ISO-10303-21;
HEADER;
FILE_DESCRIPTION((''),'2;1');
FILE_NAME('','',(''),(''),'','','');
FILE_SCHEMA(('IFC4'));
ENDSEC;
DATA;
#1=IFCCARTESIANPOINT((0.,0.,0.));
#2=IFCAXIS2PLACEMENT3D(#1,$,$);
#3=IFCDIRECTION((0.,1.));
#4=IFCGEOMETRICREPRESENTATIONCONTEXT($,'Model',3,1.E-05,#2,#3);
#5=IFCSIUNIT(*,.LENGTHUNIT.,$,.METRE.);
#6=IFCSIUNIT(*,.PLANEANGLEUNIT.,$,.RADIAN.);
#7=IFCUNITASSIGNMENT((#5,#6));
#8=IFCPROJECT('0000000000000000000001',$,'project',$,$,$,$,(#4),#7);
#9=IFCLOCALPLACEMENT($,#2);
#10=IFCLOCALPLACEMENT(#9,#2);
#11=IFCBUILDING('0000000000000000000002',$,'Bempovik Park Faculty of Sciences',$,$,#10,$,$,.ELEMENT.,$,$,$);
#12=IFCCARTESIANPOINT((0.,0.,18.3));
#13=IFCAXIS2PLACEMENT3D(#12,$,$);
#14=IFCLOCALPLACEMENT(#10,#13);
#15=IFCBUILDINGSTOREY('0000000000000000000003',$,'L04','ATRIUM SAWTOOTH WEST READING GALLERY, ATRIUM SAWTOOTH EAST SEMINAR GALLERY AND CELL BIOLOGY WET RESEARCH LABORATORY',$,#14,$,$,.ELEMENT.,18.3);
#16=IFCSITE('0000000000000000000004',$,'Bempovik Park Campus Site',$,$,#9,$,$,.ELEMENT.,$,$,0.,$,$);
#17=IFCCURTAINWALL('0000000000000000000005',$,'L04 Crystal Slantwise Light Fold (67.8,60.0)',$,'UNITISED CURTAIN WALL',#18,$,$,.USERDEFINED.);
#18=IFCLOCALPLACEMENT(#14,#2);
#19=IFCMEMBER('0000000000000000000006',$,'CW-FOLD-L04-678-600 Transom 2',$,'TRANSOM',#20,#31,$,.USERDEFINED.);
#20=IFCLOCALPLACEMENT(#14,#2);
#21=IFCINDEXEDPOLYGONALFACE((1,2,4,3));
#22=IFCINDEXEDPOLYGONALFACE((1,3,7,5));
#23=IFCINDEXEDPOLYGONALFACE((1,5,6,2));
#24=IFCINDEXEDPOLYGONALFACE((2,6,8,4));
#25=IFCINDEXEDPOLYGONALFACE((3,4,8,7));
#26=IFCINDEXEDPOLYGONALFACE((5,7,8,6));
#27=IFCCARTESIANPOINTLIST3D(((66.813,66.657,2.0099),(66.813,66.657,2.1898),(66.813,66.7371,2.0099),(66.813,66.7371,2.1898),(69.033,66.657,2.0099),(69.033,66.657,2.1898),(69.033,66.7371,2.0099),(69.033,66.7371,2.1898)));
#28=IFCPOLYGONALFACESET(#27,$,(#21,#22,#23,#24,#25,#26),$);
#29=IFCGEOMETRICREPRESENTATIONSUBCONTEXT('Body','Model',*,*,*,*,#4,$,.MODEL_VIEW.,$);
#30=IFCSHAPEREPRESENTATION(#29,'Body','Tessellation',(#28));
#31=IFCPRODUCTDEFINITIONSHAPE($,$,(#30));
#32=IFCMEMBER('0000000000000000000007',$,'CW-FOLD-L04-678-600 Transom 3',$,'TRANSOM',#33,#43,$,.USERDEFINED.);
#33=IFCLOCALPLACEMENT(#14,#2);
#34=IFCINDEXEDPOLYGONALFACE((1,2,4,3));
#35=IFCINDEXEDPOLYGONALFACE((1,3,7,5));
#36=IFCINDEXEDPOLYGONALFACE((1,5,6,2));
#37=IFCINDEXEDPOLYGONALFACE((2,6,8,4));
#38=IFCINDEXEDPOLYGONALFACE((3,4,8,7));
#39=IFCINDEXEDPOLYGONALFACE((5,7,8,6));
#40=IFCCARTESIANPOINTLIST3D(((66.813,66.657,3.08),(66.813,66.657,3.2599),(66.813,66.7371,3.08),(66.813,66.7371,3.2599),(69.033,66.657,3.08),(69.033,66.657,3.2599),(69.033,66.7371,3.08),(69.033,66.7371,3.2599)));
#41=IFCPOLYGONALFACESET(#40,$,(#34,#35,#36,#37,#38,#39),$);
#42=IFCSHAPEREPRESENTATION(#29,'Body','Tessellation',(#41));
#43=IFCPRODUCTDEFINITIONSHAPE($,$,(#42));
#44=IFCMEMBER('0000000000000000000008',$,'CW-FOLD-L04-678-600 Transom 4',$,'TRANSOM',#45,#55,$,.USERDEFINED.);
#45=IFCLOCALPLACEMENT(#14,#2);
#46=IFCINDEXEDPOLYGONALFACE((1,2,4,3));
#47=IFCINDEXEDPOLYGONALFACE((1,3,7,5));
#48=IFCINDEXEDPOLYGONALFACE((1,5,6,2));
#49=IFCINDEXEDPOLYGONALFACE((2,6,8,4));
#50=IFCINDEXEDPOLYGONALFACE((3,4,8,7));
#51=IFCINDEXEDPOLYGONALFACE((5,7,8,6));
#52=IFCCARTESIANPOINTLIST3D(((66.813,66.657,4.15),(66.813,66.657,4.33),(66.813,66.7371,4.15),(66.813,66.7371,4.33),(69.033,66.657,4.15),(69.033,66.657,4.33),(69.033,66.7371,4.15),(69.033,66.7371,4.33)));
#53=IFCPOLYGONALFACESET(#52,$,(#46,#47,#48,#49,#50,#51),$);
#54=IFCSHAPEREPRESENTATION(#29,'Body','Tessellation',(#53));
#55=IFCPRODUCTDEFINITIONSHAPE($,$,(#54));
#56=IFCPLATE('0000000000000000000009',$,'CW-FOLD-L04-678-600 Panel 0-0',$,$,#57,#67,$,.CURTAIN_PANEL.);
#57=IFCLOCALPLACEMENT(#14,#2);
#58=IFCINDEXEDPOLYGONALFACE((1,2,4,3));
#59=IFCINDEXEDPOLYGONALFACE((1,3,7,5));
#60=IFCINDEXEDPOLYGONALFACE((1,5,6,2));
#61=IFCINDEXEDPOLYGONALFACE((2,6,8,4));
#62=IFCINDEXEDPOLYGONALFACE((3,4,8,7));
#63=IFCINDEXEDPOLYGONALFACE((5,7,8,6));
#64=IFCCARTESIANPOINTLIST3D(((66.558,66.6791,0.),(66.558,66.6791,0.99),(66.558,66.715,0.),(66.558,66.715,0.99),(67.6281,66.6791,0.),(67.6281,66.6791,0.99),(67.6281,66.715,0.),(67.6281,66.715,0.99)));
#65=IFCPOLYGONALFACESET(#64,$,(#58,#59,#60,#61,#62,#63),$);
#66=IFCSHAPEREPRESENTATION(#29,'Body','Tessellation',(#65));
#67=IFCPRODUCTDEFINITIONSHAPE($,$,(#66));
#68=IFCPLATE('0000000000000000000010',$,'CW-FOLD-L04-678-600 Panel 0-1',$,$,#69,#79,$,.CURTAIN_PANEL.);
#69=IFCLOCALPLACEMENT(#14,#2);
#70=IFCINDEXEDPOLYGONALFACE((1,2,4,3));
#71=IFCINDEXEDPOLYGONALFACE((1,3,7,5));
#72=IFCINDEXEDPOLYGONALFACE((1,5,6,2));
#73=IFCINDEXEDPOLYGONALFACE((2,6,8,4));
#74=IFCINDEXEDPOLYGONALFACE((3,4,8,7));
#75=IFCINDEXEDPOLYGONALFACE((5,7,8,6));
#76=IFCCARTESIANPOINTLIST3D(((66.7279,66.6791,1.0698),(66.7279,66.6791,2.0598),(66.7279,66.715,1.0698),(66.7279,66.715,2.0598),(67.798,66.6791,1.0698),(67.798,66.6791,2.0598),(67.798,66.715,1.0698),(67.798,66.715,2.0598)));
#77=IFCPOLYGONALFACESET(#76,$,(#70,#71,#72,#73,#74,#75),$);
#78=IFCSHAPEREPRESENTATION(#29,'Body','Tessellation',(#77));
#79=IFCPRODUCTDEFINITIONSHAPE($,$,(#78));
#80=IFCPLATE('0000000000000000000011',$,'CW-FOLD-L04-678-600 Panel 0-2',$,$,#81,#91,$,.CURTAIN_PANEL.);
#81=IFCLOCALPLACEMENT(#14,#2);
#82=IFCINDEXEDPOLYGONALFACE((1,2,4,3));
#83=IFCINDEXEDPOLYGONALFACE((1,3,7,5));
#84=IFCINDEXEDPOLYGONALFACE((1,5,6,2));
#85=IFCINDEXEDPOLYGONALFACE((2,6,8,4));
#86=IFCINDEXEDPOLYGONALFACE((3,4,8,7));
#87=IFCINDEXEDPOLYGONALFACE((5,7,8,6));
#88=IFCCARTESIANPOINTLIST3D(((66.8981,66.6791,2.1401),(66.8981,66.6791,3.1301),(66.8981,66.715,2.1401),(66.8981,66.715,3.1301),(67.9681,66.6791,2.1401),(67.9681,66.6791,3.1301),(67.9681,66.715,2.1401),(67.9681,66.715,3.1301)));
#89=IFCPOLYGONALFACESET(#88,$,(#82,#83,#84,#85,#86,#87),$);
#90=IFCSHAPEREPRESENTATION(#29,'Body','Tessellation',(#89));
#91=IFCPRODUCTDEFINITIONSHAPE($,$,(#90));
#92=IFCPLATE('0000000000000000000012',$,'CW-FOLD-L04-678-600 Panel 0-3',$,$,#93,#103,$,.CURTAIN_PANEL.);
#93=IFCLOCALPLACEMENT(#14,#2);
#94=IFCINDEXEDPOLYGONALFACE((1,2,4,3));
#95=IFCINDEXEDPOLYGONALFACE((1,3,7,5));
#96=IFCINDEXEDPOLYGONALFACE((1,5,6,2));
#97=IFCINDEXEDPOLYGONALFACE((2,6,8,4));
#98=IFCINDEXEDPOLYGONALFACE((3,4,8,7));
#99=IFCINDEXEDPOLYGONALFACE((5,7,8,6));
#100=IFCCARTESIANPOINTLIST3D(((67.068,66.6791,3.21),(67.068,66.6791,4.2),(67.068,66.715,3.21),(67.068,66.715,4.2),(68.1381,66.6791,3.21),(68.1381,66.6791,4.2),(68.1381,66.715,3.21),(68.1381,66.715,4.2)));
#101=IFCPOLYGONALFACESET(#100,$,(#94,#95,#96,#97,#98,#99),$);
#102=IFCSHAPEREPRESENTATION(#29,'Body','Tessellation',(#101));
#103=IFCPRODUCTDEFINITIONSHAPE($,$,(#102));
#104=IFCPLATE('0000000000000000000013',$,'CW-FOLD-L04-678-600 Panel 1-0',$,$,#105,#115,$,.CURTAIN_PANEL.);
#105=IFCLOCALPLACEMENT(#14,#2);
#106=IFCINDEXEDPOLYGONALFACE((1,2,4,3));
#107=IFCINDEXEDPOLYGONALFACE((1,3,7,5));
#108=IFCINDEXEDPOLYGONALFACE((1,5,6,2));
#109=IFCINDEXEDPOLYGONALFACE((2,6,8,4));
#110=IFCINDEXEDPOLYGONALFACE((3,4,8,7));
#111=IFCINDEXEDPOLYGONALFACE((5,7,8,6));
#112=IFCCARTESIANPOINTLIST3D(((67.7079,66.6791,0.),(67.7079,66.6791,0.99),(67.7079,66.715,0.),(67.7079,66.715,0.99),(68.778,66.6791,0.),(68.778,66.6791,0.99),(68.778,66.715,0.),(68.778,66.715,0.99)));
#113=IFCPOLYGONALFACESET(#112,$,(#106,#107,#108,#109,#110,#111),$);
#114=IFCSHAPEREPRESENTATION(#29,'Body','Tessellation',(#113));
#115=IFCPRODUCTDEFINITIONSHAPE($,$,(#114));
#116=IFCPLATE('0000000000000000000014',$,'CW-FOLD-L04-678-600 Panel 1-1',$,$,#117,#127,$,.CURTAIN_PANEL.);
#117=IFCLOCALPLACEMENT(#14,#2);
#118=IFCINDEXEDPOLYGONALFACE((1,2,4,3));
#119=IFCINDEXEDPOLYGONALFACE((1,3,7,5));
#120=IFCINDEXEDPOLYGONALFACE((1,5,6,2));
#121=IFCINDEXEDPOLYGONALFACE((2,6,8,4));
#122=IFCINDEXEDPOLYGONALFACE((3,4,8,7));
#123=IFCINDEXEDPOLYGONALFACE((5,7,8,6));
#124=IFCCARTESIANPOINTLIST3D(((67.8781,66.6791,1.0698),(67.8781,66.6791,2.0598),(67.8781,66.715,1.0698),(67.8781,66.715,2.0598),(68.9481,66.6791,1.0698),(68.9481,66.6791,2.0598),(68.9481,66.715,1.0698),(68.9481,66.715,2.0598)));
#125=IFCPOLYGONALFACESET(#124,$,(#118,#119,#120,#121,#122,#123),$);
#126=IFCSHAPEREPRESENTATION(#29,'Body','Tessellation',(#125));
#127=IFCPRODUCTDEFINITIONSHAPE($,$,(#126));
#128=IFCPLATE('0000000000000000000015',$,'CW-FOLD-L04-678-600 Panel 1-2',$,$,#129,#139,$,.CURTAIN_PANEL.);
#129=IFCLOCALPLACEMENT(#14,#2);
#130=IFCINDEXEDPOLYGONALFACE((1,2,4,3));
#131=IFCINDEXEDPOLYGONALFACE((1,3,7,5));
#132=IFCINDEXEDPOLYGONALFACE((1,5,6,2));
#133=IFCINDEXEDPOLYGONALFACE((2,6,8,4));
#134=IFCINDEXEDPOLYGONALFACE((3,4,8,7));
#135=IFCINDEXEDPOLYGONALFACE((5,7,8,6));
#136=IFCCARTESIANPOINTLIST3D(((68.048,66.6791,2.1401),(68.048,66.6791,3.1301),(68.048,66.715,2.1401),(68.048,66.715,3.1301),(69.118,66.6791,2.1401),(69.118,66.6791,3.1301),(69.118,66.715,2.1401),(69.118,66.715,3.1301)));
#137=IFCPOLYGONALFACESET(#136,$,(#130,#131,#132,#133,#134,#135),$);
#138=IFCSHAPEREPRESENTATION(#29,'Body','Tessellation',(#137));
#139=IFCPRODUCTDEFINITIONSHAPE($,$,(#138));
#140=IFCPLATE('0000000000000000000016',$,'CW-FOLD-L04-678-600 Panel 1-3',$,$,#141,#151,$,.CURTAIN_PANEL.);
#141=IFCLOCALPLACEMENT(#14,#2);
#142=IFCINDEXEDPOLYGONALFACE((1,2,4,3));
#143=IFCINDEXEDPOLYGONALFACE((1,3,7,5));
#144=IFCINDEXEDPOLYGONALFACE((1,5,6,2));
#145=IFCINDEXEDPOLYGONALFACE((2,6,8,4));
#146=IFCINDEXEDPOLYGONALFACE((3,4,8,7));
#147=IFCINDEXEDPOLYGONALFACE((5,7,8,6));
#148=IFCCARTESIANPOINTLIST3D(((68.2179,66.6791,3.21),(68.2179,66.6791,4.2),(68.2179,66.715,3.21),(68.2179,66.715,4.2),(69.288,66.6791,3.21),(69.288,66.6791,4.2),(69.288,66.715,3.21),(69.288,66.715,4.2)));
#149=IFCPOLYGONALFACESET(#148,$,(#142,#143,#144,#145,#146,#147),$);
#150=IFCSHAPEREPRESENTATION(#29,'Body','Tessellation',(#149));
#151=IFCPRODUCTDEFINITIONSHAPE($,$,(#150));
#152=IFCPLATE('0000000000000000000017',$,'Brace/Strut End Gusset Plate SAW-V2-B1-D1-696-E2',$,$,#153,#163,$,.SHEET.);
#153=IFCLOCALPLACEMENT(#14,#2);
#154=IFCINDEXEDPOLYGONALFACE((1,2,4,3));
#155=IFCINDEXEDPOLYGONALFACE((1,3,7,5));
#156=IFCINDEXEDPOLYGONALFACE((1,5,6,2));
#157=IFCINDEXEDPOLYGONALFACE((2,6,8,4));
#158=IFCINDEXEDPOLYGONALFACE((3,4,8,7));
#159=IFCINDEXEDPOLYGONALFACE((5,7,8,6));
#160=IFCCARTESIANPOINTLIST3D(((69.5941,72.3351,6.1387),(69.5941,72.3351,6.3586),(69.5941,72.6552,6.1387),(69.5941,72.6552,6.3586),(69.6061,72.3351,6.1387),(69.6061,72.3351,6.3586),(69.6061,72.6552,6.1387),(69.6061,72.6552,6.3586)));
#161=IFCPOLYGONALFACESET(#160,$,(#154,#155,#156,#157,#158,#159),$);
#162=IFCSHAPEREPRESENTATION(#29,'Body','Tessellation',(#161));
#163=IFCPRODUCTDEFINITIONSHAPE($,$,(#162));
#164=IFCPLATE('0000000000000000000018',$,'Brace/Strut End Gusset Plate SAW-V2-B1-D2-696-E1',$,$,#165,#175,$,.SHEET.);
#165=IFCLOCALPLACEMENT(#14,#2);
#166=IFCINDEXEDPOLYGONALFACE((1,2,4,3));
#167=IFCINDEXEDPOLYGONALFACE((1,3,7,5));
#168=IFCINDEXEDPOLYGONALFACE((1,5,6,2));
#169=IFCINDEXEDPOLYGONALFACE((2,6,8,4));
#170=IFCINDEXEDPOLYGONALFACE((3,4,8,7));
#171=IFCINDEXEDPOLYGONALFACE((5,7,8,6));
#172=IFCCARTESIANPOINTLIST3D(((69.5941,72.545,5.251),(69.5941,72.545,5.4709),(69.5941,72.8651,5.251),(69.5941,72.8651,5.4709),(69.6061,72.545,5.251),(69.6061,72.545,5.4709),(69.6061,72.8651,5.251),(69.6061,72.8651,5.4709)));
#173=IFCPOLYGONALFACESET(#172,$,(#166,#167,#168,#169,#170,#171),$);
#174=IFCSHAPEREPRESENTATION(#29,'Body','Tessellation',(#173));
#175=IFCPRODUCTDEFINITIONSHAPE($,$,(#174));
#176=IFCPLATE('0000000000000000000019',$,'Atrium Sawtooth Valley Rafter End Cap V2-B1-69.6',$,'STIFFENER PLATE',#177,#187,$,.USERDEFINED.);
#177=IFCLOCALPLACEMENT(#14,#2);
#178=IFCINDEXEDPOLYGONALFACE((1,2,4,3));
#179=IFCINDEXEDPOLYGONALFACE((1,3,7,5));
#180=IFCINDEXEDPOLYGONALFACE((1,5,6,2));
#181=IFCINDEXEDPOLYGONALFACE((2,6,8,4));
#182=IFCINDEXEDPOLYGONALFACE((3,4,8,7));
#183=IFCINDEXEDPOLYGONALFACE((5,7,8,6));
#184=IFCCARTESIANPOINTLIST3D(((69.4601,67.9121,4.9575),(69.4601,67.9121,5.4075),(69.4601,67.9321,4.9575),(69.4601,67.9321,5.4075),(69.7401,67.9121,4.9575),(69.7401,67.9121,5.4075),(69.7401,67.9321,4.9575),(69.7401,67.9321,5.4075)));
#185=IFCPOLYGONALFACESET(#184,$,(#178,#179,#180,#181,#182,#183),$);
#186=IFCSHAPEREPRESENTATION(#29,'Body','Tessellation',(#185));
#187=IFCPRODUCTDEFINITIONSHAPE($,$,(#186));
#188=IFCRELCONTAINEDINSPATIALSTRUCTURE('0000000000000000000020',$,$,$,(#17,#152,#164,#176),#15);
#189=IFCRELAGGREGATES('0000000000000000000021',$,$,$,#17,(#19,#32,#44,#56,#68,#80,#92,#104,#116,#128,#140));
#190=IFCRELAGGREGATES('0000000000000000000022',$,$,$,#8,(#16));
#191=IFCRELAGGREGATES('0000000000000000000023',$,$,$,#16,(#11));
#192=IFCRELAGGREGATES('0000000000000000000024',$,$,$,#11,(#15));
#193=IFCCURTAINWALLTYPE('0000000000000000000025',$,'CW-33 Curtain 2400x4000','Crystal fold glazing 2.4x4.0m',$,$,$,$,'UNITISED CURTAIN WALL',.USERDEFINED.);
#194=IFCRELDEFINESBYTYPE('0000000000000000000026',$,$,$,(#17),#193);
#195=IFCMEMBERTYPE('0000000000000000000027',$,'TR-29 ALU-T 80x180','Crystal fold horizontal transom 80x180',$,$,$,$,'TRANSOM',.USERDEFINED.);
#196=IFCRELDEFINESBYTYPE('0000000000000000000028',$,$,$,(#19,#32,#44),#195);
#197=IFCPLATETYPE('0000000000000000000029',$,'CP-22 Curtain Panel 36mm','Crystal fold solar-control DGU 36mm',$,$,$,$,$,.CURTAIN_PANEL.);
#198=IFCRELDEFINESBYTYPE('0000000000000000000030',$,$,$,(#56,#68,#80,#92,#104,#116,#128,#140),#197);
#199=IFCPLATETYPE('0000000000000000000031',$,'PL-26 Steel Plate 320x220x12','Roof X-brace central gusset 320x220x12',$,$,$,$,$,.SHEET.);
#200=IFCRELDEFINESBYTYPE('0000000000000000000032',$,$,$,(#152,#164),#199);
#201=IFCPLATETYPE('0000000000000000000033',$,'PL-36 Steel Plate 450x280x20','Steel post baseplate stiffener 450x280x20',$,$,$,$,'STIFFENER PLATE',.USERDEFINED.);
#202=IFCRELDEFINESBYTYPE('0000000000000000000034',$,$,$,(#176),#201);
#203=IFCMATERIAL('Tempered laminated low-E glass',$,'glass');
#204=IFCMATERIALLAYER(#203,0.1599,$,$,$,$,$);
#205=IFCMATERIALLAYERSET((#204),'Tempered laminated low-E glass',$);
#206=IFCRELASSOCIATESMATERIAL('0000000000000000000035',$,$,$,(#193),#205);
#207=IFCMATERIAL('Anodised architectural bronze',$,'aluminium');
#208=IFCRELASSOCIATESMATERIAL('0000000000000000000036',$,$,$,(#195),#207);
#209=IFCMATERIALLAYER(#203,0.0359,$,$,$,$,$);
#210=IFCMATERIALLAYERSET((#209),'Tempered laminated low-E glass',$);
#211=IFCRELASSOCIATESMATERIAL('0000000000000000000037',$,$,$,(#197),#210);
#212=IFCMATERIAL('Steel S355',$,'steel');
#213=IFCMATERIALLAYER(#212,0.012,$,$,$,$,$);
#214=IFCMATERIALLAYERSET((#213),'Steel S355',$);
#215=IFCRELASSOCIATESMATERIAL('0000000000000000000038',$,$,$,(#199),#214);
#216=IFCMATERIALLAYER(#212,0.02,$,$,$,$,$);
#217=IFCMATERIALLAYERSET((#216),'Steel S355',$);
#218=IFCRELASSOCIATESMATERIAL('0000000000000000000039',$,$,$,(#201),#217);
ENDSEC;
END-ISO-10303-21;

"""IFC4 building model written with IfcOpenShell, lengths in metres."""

from ifc_helpers import new_model, si_unit, direction, frame, origin, origin_2d, place, context, subcontext, project, spatial, rectangle, extrude, material, layer, layer_set, material_profile, profile_set, type_object, element, aggregate, save


model = new_model("IFC4")

# Units and contexts
model_context = context("Model", 3, precision=1e-05, world=origin(), true_north=direction((0.0, 1.0)))
body_context = subcontext(model_context, "Body", "Model", "MODEL_VIEW")
ifc_project = project(units=[si_unit("LENGTHUNIT", "METRE"), si_unit("PLANEANGLEUNIT", "RADIAN")], contexts=[model_context])

# Site, building, storey
site_placement = place(None, origin())
site = spatial("IfcSite", under=ifc_project, at=site_placement, Name="Bempovik Park Campus Site", CompositionType="ELEMENT", RefElevation=0.0)
building_placement = place(site_placement, origin())
building = spatial("IfcBuilding", under=site, at=building_placement, Name="Bempovik Park Faculty of Sciences", CompositionType="ELEMENT")
storey_placement = place(building_placement, frame((0.0, 0.0, 18.3)))
storey = spatial("IfcBuildingStorey", under=building, at=storey_placement, Name="L04", Description="ATRIUM SAWTOOTH WEST READING GALLERY, ATRIUM SAWTOOTH EAST SEMINAR GALLERY AND CELL BIOLOGY WET RESEARCH LABORATORY", CompositionType="ELEMENT", Elevation=18.3)

# Shared definitions
ifc_material_1 = material(Name="Steel S355", Category="steel")

# Curtain wall, members, plates
ifc_material_2 = material(Name="Tempered laminated low-E glass", Category="glass")
ifc_layer_1 = layer(ifc_material_2, 0.1599)
ifc_layer_set_1 = layer_set([ifc_layer_1], Name="Tempered laminated low-E glass")
curtain_wall_type = type_object("IfcCurtainWallType", Name="CW-33 Curtain 2400x4000", Description="Crystal fold glazing 2.4x4.0m", ElementType="UNITISED CURTAIN WALL", PredefinedType="USERDEFINED", material=ifc_layer_set_1)
curtain_wall_placement = place(storey_placement, origin())
curtain_wall = element("IfcCurtainWall", 1, at=curtain_wall_placement, inside=storey, type_object=curtain_wall_type, Name="L04 Crystal Slantwise Light Fold (67.8,60.0)", ObjectType="UNITISED CURTAIN WALL", PredefinedType="USERDEFINED")
ifc_material_3 = material(Name="Anodised architectural bronze", Category="aluminium")
ifc_material_profile_1 = material_profile(ifc_material_3, rectangle(XDim=0.0801, YDim=0.1799, at=origin_2d()), Name="ALU-T 80x180")
ifc_profile_set_1 = profile_set([ifc_material_profile_1], Name="Anodised architectural bronze")
member_type_1 = type_object("IfcMemberType", Name="TR-29 ALU-T 80x180", Description="Crystal fold horizontal transom 80x180", ElementType="TRANSOM", PredefinedType="USERDEFINED", material=ifc_profile_set_1)
member_1_placement = place(storey_placement, frame((66.813, 66.697, 2.0999), z_axis=(1.0, 0.0, 0.0), x_axis=(0.0, 1.0, 0.0)))
member_1 = element("IfcMember", 2, at=member_1_placement, type_object=member_type_1, Name="CW-FOLD-L04-678-600 Transom 2", ObjectType="TRANSOM", PredefinedType="USERDEFINED", context=body_context, shape_type="SweptSolid", body=[
    extrude(rectangle(XDim=0.0801, YDim=0.1799, at=origin_2d()), origin(), (0.0, 0.0, 1.0), 2.22),
])
member_2_placement = place(storey_placement, frame((66.813, 66.697, 3.1699), z_axis=(1.0, 0.0, 0.0), x_axis=(0.0, 1.0, 0.0)))
member_2 = element("IfcMember", 3, at=member_2_placement, type_object=member_type_1, Name="CW-FOLD-L04-678-600 Transom 3", ObjectType="TRANSOM", PredefinedType="USERDEFINED", context=body_context, shape_type="SweptSolid", body=[
    extrude(rectangle(XDim=0.0801, YDim=0.1799, at=origin_2d()), origin(), (0.0, 0.0, 1.0), 2.22),
])
member_3_placement = place(storey_placement, frame((66.813, 66.697, 4.24), z_axis=(1.0, 0.0, 0.0), x_axis=(0.0, 1.0, 0.0)))
member_3 = element("IfcMember", 4, at=member_3_placement, type_object=member_type_1, Name="CW-FOLD-L04-678-600 Transom 4", ObjectType="TRANSOM", PredefinedType="USERDEFINED", context=body_context, shape_type="SweptSolid", body=[
    extrude(rectangle(XDim=0.0801, YDim=0.1799, at=origin_2d()), origin(), (0.0, 0.0, 1.0), 2.22),
])
ifc_layer_2 = layer(ifc_material_2, 0.0359)
ifc_layer_set_2 = layer_set([ifc_layer_2], Name="Tempered laminated low-E glass")
plate_type_1 = type_object("IfcPlateType", Name="CP-22 Curtain Panel 36mm", Description="Crystal fold solar-control DGU 36mm", PredefinedType="CURTAIN_PANEL", material=ifc_layer_set_2)
plate_1_placement = place(storey_placement, frame((67.093, 66.697, 0.0), z_axis=(0.0, 0.0, 1.0), x_axis=(1.0, 0.0, 0.0)))
plate_1 = element("IfcPlate", 5, at=plate_1_placement, type_object=plate_type_1, Name="CW-FOLD-L04-678-600 Panel 0-0", PredefinedType="CURTAIN_PANEL", context=body_context, shape_type="SweptSolid", body=[
    extrude(rectangle(XDim=1.0701, YDim=0.0359, at=origin_2d()), origin(), (0.0, 0.0, 1.0), 0.99),
])
plate_2_placement = place(storey_placement, frame((67.2629, 66.697, 1.0698), z_axis=(0.0, 0.0, 1.0), x_axis=(1.0, 0.0, 0.0)))
plate_2 = element("IfcPlate", 6, at=plate_2_placement, type_object=plate_type_1, Name="CW-FOLD-L04-678-600 Panel 0-1", PredefinedType="CURTAIN_PANEL", context=body_context, shape_type="SweptSolid", body=[
    extrude(rectangle(XDim=1.0701, YDim=0.0359, at=origin_2d()), origin(), (0.0, 0.0, 1.0), 0.99),
])
plate_3_placement = place(storey_placement, frame((67.4331, 66.697, 2.1401), z_axis=(0.0, 0.0, 1.0), x_axis=(1.0, 0.0, 0.0)))
plate_3 = element("IfcPlate", 7, at=plate_3_placement, type_object=plate_type_1, Name="CW-FOLD-L04-678-600 Panel 0-2", PredefinedType="CURTAIN_PANEL", context=body_context, shape_type="SweptSolid", body=[
    extrude(rectangle(XDim=1.0701, YDim=0.0359, at=origin_2d()), origin(), (0.0, 0.0, 1.0), 0.99),
])
plate_4_placement = place(storey_placement, frame((67.603, 66.697, 3.21), z_axis=(0.0, 0.0, 1.0), x_axis=(1.0, 0.0, 0.0)))
plate_4 = element("IfcPlate", 8, at=plate_4_placement, type_object=plate_type_1, Name="CW-FOLD-L04-678-600 Panel 0-3", PredefinedType="CURTAIN_PANEL", context=body_context, shape_type="SweptSolid", body=[
    extrude(rectangle(XDim=1.0701, YDim=0.0359, at=origin_2d()), origin(), (0.0, 0.0, 1.0), 0.99),
])
plate_5_placement = place(storey_placement, frame((68.2429, 66.697, 0.0), z_axis=(0.0, 0.0, 1.0), x_axis=(1.0, 0.0, 0.0)))
plate_5 = element("IfcPlate", 9, at=plate_5_placement, type_object=plate_type_1, Name="CW-FOLD-L04-678-600 Panel 1-0", PredefinedType="CURTAIN_PANEL", context=body_context, shape_type="SweptSolid", body=[
    extrude(rectangle(XDim=1.0701, YDim=0.0359, at=origin_2d()), origin(), (0.0, 0.0, 1.0), 0.99),
])
plate_6_placement = place(storey_placement, frame((68.4131, 66.697, 1.0698), z_axis=(0.0, 0.0, 1.0), x_axis=(1.0, 0.0, 0.0)))
plate_6 = element("IfcPlate", 10, at=plate_6_placement, type_object=plate_type_1, Name="CW-FOLD-L04-678-600 Panel 1-1", PredefinedType="CURTAIN_PANEL", context=body_context, shape_type="SweptSolid", body=[
    extrude(rectangle(XDim=1.0701, YDim=0.0359, at=origin_2d()), origin(), (0.0, 0.0, 1.0), 0.99),
])
plate_7_placement = place(storey_placement, frame((68.583, 66.697, 2.1401), z_axis=(0.0, 0.0, 1.0), x_axis=(1.0, 0.0, 0.0)))
plate_7 = element("IfcPlate", 11, at=plate_7_placement, type_object=plate_type_1, Name="CW-FOLD-L04-678-600 Panel 1-2", PredefinedType="CURTAIN_PANEL", context=body_context, shape_type="SweptSolid", body=[
    extrude(rectangle(XDim=1.0701, YDim=0.0359, at=origin_2d()), origin(), (0.0, 0.0, 1.0), 0.99),
])
plate_8_placement = place(storey_placement, frame((68.7529, 66.697, 3.21), z_axis=(0.0, 0.0, 1.0), x_axis=(1.0, 0.0, 0.0)))
plate_8 = element("IfcPlate", 12, at=plate_8_placement, type_object=plate_type_1, Name="CW-FOLD-L04-678-600 Panel 1-3", PredefinedType="CURTAIN_PANEL", context=body_context, shape_type="SweptSolid", body=[
    extrude(rectangle(XDim=1.0701, YDim=0.0359, at=origin_2d()), origin(), (0.0, 0.0, 1.0), 0.99),
])
aggregate(curtain_wall, [member_1, member_2, member_3, plate_1, plate_2, plate_3, plate_4, plate_5, plate_6, plate_7, plate_8])

# Plates
ifc_layer_3 = layer(ifc_material_1, 0.012)
ifc_layer_set_3 = layer_set([ifc_layer_3], Name="Steel S355")
plate_type_2 = type_object("IfcPlateType", Name="PL-26 Steel Plate 320x220x12", Description="Roof X-brace central gusset 320x220x12", PredefinedType="SHEET", material=ifc_layer_set_3)
for number, where, z_axis, x_axis, name in (
    (13, (69.6001, 72.4951, 6.1387), (0.0, 0.0, 1.0), (1.0, 0.0, 0.0), "Brace/Strut End Gusset Plate SAW-V2-B1-D1-696-E2"),
    (14, (69.6001, 72.7051, 5.251), (0.0, 0.0, 1.0), (1.0, 0.0, 0.0), "Brace/Strut End Gusset Plate SAW-V2-B1-D2-696-E1"),
):
    element("IfcPlate", number, at=place(storey_placement, frame(where, z_axis=z_axis, x_axis=x_axis)), inside=storey, type_object=plate_type_2, Name=name, PredefinedType="SHEET", context=body_context, shape_type="SweptSolid", body=[
        extrude(rectangle(XDim=0.012, YDim=0.3201, at=origin_2d()), origin(), (0.0, 0.0, 1.0), 0.22),
    ])
ifc_layer_4 = layer(ifc_material_1, 0.02)
ifc_layer_set_4 = layer_set([ifc_layer_4], Name="Steel S355")
plate_type_3 = type_object("IfcPlateType", Name="PL-36 Steel Plate 450x280x20", Description="Steel post baseplate stiffener 450x280x20", ElementType="STIFFENER PLATE", PredefinedType="USERDEFINED", material=ifc_layer_set_4)
plate_9_placement = place(storey_placement, frame((69.6001, 67.9221, 4.9575), z_axis=(0.0, 0.0, 1.0), x_axis=(1.0, 0.0, 0.0)))
element("IfcPlate", 15, at=plate_9_placement, inside=storey, type_object=plate_type_3, Name="Atrium Sawtooth Valley Rafter End Cap V2-B1-69.6", ObjectType="STIFFENER PLATE", PredefinedType="USERDEFINED", context=body_context, shape_type="SweptSolid", body=[
    extrude(rectangle(XDim=0.28, YDim=0.02, at=origin_2d()), origin(), (0.0, 0.0, 1.0), 0.45),
])

save(model, "model.ifc")
